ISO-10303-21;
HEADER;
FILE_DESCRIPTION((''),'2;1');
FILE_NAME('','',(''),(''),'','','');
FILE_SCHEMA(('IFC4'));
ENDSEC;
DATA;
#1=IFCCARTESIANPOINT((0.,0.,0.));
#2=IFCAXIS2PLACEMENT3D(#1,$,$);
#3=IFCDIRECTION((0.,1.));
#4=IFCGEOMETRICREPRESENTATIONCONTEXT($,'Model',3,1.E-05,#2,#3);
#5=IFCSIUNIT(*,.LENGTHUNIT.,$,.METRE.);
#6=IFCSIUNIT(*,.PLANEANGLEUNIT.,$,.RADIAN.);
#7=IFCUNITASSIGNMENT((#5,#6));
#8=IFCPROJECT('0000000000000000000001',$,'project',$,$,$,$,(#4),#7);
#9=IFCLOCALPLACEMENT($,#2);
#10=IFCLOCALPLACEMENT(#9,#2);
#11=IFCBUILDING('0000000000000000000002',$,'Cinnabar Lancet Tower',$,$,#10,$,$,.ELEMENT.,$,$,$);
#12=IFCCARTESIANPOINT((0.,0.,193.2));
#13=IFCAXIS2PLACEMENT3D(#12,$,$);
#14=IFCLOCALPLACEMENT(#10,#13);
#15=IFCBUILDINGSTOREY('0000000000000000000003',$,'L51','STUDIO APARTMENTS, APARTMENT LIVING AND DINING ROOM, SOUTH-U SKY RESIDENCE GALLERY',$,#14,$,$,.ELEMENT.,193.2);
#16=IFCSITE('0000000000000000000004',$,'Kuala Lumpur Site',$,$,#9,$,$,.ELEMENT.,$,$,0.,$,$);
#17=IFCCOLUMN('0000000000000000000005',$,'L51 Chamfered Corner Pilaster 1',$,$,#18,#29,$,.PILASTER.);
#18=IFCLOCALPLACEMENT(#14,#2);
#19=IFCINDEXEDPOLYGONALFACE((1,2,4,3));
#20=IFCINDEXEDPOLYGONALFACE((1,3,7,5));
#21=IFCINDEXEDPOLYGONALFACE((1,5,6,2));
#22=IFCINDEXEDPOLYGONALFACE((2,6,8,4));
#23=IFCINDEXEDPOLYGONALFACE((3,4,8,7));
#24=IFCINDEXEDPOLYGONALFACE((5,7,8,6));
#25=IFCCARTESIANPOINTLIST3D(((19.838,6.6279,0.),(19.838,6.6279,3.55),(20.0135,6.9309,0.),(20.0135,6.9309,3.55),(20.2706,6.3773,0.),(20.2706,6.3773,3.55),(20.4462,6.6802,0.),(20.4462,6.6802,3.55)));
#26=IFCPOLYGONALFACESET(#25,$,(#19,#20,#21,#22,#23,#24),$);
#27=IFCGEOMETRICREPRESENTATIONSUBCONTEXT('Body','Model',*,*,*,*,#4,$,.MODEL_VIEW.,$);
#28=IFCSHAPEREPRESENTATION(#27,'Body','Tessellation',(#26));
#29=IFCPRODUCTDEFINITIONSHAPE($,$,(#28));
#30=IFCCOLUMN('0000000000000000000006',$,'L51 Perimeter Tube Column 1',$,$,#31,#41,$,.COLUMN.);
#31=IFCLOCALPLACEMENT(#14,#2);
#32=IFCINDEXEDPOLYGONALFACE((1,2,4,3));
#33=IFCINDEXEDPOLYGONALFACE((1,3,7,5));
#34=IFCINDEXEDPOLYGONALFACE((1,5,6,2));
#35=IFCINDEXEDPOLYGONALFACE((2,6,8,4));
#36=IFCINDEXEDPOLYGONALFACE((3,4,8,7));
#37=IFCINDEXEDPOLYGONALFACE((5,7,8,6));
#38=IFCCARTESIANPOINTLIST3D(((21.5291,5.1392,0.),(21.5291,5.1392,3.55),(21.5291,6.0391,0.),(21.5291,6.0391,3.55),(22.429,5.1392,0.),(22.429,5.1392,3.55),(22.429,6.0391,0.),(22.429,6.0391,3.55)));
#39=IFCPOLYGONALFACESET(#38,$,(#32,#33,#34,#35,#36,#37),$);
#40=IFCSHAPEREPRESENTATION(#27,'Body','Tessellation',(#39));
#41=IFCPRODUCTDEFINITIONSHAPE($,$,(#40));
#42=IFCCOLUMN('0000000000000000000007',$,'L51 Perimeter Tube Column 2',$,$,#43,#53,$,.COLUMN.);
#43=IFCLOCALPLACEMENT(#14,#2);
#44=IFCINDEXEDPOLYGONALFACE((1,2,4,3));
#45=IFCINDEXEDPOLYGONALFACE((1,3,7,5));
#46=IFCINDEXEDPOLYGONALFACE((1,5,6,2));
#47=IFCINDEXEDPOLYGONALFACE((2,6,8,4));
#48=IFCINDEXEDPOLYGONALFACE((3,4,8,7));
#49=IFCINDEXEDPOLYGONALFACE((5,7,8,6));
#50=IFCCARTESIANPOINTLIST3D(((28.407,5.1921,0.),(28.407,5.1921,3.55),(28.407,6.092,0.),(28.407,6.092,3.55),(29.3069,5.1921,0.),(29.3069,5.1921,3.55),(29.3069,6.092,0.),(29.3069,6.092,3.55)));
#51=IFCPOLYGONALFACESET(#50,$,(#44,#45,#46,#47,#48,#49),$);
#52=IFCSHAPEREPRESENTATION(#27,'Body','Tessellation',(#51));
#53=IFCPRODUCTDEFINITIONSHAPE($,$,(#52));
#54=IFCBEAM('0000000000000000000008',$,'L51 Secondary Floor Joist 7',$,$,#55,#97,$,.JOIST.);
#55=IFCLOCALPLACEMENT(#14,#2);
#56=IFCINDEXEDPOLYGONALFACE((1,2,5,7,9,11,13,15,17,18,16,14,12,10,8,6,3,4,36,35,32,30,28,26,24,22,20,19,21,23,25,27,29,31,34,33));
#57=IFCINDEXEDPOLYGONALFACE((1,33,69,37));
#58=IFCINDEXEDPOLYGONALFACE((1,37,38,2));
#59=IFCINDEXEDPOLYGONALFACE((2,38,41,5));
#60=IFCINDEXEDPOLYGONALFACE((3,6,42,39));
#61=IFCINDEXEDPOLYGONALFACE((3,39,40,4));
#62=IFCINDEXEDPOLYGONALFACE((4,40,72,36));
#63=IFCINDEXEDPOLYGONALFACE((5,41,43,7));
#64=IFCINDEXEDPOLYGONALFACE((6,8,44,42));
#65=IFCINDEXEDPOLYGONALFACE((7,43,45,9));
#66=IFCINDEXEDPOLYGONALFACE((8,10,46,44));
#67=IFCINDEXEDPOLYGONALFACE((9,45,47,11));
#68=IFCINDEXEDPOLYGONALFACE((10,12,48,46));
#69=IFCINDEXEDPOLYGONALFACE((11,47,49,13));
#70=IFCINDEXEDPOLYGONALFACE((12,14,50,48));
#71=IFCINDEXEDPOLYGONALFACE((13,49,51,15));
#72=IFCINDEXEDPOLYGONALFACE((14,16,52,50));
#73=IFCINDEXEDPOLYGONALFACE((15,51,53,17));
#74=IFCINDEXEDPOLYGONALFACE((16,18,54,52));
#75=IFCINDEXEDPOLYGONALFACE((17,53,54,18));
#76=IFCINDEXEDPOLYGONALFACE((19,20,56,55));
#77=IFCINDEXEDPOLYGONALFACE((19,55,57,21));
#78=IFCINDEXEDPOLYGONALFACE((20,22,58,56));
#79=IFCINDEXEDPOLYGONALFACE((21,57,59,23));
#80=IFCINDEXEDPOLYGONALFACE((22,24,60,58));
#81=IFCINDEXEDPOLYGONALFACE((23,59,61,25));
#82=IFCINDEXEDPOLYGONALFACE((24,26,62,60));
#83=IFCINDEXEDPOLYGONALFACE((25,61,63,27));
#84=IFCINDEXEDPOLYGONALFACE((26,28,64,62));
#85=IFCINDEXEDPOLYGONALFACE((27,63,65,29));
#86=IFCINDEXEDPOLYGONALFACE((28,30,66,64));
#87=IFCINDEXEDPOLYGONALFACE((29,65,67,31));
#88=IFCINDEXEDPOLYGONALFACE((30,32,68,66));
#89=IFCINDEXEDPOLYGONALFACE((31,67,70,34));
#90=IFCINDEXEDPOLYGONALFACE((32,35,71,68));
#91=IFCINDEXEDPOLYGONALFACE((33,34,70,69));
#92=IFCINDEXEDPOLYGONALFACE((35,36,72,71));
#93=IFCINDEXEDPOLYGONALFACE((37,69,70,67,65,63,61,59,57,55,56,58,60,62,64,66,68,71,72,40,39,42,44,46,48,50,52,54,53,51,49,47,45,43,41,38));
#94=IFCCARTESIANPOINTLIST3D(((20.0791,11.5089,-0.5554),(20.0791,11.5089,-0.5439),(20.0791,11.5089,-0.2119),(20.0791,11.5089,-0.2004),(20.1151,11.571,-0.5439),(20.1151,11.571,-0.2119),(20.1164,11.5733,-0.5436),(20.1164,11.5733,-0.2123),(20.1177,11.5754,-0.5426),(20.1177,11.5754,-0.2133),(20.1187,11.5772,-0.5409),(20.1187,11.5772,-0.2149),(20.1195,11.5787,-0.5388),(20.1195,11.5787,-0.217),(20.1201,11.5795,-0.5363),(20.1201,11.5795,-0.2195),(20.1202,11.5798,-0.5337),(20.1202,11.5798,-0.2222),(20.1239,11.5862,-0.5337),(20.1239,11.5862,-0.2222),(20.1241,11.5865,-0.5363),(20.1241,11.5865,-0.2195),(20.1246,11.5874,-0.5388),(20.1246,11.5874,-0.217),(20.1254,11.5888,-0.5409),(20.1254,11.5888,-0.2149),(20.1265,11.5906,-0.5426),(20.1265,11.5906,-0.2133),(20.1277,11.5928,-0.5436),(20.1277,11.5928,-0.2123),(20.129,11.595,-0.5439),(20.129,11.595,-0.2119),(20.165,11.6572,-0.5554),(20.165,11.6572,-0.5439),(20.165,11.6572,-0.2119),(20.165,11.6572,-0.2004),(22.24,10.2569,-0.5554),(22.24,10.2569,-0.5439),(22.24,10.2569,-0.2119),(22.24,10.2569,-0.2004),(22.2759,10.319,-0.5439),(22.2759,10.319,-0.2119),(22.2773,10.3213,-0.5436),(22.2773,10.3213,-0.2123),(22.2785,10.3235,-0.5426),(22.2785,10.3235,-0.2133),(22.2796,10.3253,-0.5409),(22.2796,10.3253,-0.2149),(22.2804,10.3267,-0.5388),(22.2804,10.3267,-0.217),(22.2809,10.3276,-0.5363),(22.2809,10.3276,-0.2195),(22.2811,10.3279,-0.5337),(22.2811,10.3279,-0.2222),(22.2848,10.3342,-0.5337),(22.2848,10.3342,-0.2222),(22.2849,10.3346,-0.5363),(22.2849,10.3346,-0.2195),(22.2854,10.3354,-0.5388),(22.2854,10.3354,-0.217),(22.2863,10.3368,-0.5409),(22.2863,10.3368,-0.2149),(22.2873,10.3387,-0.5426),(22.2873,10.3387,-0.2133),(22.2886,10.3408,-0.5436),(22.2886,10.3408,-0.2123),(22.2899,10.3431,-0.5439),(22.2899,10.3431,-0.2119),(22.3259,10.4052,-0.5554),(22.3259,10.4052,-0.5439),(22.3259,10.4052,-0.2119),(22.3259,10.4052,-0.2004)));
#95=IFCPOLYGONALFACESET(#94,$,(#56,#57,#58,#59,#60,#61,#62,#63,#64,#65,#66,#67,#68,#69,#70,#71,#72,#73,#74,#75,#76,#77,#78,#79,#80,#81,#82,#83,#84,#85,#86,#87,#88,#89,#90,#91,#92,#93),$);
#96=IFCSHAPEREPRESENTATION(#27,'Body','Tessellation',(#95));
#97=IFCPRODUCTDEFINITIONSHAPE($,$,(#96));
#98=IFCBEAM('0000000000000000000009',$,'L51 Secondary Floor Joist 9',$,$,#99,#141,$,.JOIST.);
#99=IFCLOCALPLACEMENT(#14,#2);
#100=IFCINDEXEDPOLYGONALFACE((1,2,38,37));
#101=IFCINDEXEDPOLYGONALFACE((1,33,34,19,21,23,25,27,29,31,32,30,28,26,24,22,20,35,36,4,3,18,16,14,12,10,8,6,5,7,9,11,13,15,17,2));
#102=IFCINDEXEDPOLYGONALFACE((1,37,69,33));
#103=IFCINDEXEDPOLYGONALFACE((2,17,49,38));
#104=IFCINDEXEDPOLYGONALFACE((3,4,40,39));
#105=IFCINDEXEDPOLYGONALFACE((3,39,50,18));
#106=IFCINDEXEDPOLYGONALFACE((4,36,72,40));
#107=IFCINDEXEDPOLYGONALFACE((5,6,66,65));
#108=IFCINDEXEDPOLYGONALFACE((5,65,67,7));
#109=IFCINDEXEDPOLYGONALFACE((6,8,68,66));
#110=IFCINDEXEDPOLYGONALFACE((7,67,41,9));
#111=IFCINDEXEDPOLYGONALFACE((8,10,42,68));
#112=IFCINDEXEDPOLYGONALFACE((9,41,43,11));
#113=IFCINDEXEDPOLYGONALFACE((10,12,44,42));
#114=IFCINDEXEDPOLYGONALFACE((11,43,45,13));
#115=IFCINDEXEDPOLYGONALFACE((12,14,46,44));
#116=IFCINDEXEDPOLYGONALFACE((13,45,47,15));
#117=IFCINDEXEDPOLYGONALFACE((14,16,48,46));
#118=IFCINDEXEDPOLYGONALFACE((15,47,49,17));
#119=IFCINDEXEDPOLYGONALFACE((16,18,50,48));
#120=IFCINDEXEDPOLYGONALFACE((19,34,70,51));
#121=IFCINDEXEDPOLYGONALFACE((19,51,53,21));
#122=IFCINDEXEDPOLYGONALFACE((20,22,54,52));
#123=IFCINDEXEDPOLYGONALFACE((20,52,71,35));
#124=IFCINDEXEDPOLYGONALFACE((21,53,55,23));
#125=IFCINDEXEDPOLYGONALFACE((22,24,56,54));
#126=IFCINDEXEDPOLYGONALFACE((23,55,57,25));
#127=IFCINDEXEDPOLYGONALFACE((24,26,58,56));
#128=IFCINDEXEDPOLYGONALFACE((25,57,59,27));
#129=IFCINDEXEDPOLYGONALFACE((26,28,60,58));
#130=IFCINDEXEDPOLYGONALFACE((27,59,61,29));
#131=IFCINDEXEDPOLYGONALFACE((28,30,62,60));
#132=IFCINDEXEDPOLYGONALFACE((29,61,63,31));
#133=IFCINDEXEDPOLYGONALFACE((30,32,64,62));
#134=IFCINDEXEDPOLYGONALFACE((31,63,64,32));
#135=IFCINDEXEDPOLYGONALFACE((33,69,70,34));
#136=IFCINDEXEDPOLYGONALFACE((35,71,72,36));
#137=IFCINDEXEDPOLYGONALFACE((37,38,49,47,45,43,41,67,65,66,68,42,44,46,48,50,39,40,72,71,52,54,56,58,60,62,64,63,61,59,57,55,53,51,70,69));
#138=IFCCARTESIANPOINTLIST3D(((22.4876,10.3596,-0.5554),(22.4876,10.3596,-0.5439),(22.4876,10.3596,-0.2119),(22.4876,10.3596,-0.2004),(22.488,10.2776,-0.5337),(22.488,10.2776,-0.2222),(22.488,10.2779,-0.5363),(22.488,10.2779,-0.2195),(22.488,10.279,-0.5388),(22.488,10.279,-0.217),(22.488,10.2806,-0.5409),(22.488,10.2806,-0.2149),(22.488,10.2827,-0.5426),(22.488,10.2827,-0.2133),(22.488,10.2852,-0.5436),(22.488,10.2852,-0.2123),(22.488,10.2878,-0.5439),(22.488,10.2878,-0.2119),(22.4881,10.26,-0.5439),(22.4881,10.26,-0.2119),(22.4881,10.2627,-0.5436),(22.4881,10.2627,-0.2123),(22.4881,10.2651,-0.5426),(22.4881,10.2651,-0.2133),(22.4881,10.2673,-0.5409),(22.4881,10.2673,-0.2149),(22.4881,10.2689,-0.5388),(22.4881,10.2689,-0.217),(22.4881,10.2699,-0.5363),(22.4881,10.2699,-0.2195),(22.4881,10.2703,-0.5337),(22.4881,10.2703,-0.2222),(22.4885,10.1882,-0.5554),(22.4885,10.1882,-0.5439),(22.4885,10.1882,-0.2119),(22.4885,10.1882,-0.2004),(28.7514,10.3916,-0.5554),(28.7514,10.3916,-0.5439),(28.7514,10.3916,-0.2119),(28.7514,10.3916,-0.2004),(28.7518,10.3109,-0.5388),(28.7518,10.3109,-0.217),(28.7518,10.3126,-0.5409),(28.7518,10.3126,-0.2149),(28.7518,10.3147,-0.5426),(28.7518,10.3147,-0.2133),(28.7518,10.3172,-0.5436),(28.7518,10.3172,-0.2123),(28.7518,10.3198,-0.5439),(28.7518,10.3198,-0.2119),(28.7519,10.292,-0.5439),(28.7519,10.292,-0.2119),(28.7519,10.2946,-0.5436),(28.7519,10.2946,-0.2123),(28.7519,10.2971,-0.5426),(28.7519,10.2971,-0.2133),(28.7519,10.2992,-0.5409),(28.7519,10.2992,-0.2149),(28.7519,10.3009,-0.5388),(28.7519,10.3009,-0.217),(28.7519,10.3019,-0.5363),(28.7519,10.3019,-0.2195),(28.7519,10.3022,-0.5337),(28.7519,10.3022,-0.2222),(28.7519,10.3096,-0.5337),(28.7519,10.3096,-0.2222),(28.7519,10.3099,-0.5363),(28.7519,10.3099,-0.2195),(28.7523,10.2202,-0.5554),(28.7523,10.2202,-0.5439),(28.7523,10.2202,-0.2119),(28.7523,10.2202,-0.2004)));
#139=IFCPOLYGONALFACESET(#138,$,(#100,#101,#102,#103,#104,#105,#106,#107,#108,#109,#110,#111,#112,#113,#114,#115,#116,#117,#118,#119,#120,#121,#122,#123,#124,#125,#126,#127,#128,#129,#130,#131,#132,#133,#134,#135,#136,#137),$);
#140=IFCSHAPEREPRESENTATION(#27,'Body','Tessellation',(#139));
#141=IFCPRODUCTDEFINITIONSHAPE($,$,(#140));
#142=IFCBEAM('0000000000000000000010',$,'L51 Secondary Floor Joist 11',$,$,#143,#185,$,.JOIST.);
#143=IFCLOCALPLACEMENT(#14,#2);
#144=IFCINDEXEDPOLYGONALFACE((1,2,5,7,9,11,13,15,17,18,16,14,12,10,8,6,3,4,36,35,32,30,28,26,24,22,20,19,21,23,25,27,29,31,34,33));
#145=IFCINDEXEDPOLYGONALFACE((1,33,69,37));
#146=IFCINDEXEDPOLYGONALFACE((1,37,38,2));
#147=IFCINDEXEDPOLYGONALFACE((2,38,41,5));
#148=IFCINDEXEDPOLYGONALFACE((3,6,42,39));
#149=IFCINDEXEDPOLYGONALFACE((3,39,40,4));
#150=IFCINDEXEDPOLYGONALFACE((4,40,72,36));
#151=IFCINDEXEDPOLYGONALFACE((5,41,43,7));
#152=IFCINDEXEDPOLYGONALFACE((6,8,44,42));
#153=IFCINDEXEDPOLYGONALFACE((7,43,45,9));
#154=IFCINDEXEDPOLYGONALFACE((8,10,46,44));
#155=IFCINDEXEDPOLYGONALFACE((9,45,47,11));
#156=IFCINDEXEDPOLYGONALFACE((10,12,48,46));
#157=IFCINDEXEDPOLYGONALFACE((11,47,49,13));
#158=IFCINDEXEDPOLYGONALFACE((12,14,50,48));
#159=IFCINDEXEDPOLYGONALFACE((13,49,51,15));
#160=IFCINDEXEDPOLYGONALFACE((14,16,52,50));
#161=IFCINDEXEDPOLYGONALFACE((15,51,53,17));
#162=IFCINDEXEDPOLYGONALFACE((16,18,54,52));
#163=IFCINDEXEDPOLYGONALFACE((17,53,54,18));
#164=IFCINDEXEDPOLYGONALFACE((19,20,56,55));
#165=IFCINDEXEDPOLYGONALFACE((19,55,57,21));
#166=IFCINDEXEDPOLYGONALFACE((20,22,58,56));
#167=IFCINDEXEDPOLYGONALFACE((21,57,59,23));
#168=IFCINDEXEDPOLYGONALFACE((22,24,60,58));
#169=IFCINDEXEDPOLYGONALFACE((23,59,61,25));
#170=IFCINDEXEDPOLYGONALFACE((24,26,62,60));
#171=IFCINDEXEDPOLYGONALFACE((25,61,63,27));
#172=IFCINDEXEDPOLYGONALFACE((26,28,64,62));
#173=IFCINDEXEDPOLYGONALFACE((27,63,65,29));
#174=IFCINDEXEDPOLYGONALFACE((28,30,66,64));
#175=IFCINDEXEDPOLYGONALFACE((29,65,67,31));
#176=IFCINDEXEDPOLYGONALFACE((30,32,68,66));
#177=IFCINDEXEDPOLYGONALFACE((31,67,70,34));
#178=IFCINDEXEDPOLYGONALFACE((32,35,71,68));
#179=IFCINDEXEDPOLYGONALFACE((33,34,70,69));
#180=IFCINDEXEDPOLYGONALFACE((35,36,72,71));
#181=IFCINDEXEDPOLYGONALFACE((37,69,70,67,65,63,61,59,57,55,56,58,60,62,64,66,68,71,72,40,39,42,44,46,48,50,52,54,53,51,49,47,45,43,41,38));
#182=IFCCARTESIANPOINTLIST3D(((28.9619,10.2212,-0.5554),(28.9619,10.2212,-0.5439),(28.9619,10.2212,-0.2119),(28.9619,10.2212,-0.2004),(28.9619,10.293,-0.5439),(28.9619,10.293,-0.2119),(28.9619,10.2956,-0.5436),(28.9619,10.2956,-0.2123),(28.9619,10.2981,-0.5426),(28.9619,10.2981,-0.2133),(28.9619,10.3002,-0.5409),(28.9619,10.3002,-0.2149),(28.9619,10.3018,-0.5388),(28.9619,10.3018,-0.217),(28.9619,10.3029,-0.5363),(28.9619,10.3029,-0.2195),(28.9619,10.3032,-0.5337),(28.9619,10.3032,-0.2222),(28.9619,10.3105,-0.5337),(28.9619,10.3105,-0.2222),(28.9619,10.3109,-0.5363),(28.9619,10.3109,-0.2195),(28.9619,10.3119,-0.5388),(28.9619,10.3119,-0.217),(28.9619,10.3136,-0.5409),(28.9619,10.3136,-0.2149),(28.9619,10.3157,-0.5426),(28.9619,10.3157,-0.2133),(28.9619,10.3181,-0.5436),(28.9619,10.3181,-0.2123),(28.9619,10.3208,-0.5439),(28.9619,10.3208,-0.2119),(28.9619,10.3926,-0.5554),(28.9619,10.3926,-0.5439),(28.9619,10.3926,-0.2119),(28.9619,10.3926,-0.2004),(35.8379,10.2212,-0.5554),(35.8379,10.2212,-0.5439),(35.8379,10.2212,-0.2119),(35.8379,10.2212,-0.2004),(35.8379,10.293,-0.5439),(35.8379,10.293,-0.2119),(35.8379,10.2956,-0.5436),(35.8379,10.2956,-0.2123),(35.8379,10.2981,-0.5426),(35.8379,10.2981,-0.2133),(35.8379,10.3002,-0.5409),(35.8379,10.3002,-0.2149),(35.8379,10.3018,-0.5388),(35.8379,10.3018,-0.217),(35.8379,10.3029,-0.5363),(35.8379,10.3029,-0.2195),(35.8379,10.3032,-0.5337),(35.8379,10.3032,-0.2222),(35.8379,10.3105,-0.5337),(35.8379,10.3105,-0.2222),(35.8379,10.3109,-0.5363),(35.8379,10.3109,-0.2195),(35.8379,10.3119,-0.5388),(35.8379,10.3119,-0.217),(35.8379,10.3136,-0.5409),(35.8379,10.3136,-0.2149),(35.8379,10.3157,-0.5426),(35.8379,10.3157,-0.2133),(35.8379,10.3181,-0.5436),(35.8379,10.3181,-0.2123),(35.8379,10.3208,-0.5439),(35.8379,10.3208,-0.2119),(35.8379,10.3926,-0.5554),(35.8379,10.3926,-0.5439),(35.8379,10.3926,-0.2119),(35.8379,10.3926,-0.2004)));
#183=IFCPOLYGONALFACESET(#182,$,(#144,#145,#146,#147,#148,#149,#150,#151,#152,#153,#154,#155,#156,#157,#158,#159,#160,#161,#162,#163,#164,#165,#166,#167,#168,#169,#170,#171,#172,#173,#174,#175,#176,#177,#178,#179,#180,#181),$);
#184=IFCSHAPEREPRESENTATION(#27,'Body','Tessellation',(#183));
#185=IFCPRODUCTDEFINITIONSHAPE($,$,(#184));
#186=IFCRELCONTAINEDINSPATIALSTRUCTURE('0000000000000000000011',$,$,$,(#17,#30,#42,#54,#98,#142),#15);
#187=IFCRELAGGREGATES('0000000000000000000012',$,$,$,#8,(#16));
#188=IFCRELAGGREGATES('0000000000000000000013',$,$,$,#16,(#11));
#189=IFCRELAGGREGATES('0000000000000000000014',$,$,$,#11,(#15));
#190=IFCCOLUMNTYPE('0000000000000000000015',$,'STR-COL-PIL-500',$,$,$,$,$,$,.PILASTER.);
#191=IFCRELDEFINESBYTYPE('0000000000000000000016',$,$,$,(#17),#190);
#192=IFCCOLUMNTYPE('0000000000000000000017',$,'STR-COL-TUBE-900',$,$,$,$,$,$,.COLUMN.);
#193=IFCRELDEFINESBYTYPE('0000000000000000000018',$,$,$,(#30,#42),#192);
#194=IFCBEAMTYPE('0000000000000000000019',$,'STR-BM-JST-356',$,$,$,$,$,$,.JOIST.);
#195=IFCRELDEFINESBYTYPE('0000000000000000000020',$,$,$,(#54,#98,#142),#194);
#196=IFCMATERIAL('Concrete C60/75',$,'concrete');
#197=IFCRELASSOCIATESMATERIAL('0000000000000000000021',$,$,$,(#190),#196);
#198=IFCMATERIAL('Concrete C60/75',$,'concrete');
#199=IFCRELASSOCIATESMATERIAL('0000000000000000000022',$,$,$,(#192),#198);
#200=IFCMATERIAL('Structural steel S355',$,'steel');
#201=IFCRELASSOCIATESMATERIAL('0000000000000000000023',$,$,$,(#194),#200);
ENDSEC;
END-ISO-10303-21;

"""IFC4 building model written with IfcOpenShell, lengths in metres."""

from ifc_helpers import new_model, si_unit, direction, frame, origin, origin_2d, place, context, subcontext, project, spatial, rectangle, i_section, extrude, material, material_profile, profile_set, type_object, element, save


model = new_model("IFC4")

# Units and contexts
model_context = context("Model", 3, precision=1e-05, world=origin(), true_north=direction((0.0, 1.0)))
body_context = subcontext(model_context, "Body", "Model", "MODEL_VIEW")
ifc_project = project(units=[si_unit("LENGTHUNIT", "METRE"), si_unit("PLANEANGLEUNIT", "RADIAN")], contexts=[model_context])

# Site, building, storey
site_placement = place(None, origin())
site = spatial("IfcSite", under=ifc_project, at=site_placement, Name="Kuala Lumpur Site", CompositionType="ELEMENT", RefElevation=0.0)
building_placement = place(site_placement, origin())
building = spatial("IfcBuilding", under=site, at=building_placement, Name="Cinnabar Lancet Tower", CompositionType="ELEMENT")
storey_placement = place(building_placement, frame((0.0, 0.0, 193.2)))
storey = spatial("IfcBuildingStorey", under=building, at=storey_placement, Name="L51", Description="STUDIO APARTMENTS, APARTMENT LIVING AND DINING ROOM, SOUTH-U SKY RESIDENCE GALLERY", CompositionType="ELEMENT", Elevation=193.2)

# Columns
ifc_material_1 = material(Name="Concrete C60/75", Category="concrete")
ifc_material_profile_1 = material_profile(ifc_material_1, rectangle(XDim=0.5, YDim=0.3501, at=origin_2d()), Name="RC-PIL 500x350")
ifc_profile_set_1 = profile_set([ifc_material_profile_1], Name="Concrete C60/75")
column_type_1 = type_object("IfcColumnType", Name="STR-COL-PIL-500", PredefinedType="PILASTER", material=ifc_profile_set_1)
column_placement = place(storey_placement, frame((20.1421, 6.6541, 0.0), z_axis=(0.0, 0.0, 1.0), x_axis=(0.86523, -0.501375, 0.0)))
element("IfcColumn", 1, at=column_placement, inside=storey, type_object=column_type_1, Name="L51 Chamfered Corner Pilaster 1", PredefinedType="PILASTER", context=body_context, shape_type="SweptSolid", body=[
    extrude(rectangle(XDim=0.5, YDim=0.3501, at=origin_2d()), origin(), (0.0, 0.0, 1.0), 3.55),
])
ifc_material_2 = material(Name="Concrete C60/75", Category="concrete")
ifc_material_profile_2 = material_profile(ifc_material_2, rectangle(XDim=0.8999, YDim=0.8999, at=origin_2d()), Name="RC-COL 900x900")
ifc_profile_set_2 = profile_set([ifc_material_profile_2], Name="Concrete C60/75")
column_type_2 = type_object("IfcColumnType", Name="STR-COL-TUBE-900", PredefinedType="COLUMN", material=ifc_profile_set_2)
for number, where, z_axis, x_axis, name in (
    (2, (21.979, 5.5891, 0.0), (0.0, 0.0, 1.0), (1.0, 0.0, 0.0), "L51 Perimeter Tube Column 1"),
    (3, (28.8569, 5.6421, 0.0), (0.0, 0.0, 1.0), (1.0, 0.0, 0.0), "L51 Perimeter Tube Column 2"),
):
    element("IfcColumn", number, at=place(storey_placement, frame(where, z_axis=z_axis, x_axis=x_axis)), inside=storey, type_object=column_type_2, Name=name, PredefinedType="COLUMN", context=body_context, shape_type="SweptSolid", body=[
        extrude(rectangle(XDim=0.8999, YDim=0.8999, at=origin_2d()), origin(), (0.0, 0.0, 1.0), 3.55),
    ])

# Beams
ifc_material_3 = material(Name="Structural steel S355", Category="steel")
ifc_material_profile_3 = material_profile(ifc_material_3, i_section(OverallWidth=0.1714, OverallDepth=0.355, WebThickness=0.0073, FlangeThickness=0.0115, FilletRadius=0.0103, at=origin_2d()), Name="UKB 356x171x51")
ifc_profile_set_3 = profile_set([ifc_material_profile_3], Name="Structural steel S355")
beam_type_1 = type_object("IfcBeamType", Name="STR-BM-JST-356", PredefinedType="JOIST", material=ifc_profile_set_3)
beam_1_placement = place(storey_placement, frame((20.1221, 11.583, -0.3779), z_axis=(0.865268, -0.50131, 0.0), x_axis=(0.50131, 0.865268, 0.0)))
element("IfcBeam", 4, at=beam_1_placement, inside=storey, type_object=beam_type_1, Name="L51 Secondary Floor Joist 7", PredefinedType="JOIST", context=body_context, shape_type="SweptSolid", body=[
    extrude(i_section(OverallWidth=0.1714, OverallDepth=0.355, WebThickness=0.0073, FlangeThickness=0.0115, FilletRadius=0.0103, at=origin_2d()), origin(), (0.0, 0.0, 1.0), 2.4973),
])
beam_2_placement = place(storey_placement, frame((22.488, 10.2739, -0.3779), z_axis=(0.999987, 0.005106, 0.0), x_axis=(-0.005106, 0.999987, 0.0)))
element("IfcBeam", 5, at=beam_2_placement, inside=storey, type_object=beam_type_1, Name="L51 Secondary Floor Joist 9", PredefinedType="JOIST", context=body_context, shape_type="SweptSolid", body=[
    extrude(i_section(OverallWidth=0.1714, OverallDepth=0.355, WebThickness=0.0073, FlangeThickness=0.0115, FilletRadius=0.0103, at=origin_2d()), origin(), (0.0, 0.0, 1.0), 6.2639),
])
beam_3_placement = place(storey_placement, frame((28.9619, 10.3069, -0.3779), z_axis=(1.0, 0.0, 0.0), x_axis=(0.0, 1.0, 0.0)))
element("IfcBeam", 6, at=beam_3_placement, inside=storey, type_object=beam_type_1, Name="L51 Secondary Floor Joist 11", PredefinedType="JOIST", context=body_context, shape_type="SweptSolid", body=[
    extrude(i_section(OverallWidth=0.1714, OverallDepth=0.355, WebThickness=0.0073, FlangeThickness=0.0115, FilletRadius=0.0103, at=origin_2d()), origin(), (0.0, 0.0, 1.0), 6.876),
])

save(model, "model.ifc")
